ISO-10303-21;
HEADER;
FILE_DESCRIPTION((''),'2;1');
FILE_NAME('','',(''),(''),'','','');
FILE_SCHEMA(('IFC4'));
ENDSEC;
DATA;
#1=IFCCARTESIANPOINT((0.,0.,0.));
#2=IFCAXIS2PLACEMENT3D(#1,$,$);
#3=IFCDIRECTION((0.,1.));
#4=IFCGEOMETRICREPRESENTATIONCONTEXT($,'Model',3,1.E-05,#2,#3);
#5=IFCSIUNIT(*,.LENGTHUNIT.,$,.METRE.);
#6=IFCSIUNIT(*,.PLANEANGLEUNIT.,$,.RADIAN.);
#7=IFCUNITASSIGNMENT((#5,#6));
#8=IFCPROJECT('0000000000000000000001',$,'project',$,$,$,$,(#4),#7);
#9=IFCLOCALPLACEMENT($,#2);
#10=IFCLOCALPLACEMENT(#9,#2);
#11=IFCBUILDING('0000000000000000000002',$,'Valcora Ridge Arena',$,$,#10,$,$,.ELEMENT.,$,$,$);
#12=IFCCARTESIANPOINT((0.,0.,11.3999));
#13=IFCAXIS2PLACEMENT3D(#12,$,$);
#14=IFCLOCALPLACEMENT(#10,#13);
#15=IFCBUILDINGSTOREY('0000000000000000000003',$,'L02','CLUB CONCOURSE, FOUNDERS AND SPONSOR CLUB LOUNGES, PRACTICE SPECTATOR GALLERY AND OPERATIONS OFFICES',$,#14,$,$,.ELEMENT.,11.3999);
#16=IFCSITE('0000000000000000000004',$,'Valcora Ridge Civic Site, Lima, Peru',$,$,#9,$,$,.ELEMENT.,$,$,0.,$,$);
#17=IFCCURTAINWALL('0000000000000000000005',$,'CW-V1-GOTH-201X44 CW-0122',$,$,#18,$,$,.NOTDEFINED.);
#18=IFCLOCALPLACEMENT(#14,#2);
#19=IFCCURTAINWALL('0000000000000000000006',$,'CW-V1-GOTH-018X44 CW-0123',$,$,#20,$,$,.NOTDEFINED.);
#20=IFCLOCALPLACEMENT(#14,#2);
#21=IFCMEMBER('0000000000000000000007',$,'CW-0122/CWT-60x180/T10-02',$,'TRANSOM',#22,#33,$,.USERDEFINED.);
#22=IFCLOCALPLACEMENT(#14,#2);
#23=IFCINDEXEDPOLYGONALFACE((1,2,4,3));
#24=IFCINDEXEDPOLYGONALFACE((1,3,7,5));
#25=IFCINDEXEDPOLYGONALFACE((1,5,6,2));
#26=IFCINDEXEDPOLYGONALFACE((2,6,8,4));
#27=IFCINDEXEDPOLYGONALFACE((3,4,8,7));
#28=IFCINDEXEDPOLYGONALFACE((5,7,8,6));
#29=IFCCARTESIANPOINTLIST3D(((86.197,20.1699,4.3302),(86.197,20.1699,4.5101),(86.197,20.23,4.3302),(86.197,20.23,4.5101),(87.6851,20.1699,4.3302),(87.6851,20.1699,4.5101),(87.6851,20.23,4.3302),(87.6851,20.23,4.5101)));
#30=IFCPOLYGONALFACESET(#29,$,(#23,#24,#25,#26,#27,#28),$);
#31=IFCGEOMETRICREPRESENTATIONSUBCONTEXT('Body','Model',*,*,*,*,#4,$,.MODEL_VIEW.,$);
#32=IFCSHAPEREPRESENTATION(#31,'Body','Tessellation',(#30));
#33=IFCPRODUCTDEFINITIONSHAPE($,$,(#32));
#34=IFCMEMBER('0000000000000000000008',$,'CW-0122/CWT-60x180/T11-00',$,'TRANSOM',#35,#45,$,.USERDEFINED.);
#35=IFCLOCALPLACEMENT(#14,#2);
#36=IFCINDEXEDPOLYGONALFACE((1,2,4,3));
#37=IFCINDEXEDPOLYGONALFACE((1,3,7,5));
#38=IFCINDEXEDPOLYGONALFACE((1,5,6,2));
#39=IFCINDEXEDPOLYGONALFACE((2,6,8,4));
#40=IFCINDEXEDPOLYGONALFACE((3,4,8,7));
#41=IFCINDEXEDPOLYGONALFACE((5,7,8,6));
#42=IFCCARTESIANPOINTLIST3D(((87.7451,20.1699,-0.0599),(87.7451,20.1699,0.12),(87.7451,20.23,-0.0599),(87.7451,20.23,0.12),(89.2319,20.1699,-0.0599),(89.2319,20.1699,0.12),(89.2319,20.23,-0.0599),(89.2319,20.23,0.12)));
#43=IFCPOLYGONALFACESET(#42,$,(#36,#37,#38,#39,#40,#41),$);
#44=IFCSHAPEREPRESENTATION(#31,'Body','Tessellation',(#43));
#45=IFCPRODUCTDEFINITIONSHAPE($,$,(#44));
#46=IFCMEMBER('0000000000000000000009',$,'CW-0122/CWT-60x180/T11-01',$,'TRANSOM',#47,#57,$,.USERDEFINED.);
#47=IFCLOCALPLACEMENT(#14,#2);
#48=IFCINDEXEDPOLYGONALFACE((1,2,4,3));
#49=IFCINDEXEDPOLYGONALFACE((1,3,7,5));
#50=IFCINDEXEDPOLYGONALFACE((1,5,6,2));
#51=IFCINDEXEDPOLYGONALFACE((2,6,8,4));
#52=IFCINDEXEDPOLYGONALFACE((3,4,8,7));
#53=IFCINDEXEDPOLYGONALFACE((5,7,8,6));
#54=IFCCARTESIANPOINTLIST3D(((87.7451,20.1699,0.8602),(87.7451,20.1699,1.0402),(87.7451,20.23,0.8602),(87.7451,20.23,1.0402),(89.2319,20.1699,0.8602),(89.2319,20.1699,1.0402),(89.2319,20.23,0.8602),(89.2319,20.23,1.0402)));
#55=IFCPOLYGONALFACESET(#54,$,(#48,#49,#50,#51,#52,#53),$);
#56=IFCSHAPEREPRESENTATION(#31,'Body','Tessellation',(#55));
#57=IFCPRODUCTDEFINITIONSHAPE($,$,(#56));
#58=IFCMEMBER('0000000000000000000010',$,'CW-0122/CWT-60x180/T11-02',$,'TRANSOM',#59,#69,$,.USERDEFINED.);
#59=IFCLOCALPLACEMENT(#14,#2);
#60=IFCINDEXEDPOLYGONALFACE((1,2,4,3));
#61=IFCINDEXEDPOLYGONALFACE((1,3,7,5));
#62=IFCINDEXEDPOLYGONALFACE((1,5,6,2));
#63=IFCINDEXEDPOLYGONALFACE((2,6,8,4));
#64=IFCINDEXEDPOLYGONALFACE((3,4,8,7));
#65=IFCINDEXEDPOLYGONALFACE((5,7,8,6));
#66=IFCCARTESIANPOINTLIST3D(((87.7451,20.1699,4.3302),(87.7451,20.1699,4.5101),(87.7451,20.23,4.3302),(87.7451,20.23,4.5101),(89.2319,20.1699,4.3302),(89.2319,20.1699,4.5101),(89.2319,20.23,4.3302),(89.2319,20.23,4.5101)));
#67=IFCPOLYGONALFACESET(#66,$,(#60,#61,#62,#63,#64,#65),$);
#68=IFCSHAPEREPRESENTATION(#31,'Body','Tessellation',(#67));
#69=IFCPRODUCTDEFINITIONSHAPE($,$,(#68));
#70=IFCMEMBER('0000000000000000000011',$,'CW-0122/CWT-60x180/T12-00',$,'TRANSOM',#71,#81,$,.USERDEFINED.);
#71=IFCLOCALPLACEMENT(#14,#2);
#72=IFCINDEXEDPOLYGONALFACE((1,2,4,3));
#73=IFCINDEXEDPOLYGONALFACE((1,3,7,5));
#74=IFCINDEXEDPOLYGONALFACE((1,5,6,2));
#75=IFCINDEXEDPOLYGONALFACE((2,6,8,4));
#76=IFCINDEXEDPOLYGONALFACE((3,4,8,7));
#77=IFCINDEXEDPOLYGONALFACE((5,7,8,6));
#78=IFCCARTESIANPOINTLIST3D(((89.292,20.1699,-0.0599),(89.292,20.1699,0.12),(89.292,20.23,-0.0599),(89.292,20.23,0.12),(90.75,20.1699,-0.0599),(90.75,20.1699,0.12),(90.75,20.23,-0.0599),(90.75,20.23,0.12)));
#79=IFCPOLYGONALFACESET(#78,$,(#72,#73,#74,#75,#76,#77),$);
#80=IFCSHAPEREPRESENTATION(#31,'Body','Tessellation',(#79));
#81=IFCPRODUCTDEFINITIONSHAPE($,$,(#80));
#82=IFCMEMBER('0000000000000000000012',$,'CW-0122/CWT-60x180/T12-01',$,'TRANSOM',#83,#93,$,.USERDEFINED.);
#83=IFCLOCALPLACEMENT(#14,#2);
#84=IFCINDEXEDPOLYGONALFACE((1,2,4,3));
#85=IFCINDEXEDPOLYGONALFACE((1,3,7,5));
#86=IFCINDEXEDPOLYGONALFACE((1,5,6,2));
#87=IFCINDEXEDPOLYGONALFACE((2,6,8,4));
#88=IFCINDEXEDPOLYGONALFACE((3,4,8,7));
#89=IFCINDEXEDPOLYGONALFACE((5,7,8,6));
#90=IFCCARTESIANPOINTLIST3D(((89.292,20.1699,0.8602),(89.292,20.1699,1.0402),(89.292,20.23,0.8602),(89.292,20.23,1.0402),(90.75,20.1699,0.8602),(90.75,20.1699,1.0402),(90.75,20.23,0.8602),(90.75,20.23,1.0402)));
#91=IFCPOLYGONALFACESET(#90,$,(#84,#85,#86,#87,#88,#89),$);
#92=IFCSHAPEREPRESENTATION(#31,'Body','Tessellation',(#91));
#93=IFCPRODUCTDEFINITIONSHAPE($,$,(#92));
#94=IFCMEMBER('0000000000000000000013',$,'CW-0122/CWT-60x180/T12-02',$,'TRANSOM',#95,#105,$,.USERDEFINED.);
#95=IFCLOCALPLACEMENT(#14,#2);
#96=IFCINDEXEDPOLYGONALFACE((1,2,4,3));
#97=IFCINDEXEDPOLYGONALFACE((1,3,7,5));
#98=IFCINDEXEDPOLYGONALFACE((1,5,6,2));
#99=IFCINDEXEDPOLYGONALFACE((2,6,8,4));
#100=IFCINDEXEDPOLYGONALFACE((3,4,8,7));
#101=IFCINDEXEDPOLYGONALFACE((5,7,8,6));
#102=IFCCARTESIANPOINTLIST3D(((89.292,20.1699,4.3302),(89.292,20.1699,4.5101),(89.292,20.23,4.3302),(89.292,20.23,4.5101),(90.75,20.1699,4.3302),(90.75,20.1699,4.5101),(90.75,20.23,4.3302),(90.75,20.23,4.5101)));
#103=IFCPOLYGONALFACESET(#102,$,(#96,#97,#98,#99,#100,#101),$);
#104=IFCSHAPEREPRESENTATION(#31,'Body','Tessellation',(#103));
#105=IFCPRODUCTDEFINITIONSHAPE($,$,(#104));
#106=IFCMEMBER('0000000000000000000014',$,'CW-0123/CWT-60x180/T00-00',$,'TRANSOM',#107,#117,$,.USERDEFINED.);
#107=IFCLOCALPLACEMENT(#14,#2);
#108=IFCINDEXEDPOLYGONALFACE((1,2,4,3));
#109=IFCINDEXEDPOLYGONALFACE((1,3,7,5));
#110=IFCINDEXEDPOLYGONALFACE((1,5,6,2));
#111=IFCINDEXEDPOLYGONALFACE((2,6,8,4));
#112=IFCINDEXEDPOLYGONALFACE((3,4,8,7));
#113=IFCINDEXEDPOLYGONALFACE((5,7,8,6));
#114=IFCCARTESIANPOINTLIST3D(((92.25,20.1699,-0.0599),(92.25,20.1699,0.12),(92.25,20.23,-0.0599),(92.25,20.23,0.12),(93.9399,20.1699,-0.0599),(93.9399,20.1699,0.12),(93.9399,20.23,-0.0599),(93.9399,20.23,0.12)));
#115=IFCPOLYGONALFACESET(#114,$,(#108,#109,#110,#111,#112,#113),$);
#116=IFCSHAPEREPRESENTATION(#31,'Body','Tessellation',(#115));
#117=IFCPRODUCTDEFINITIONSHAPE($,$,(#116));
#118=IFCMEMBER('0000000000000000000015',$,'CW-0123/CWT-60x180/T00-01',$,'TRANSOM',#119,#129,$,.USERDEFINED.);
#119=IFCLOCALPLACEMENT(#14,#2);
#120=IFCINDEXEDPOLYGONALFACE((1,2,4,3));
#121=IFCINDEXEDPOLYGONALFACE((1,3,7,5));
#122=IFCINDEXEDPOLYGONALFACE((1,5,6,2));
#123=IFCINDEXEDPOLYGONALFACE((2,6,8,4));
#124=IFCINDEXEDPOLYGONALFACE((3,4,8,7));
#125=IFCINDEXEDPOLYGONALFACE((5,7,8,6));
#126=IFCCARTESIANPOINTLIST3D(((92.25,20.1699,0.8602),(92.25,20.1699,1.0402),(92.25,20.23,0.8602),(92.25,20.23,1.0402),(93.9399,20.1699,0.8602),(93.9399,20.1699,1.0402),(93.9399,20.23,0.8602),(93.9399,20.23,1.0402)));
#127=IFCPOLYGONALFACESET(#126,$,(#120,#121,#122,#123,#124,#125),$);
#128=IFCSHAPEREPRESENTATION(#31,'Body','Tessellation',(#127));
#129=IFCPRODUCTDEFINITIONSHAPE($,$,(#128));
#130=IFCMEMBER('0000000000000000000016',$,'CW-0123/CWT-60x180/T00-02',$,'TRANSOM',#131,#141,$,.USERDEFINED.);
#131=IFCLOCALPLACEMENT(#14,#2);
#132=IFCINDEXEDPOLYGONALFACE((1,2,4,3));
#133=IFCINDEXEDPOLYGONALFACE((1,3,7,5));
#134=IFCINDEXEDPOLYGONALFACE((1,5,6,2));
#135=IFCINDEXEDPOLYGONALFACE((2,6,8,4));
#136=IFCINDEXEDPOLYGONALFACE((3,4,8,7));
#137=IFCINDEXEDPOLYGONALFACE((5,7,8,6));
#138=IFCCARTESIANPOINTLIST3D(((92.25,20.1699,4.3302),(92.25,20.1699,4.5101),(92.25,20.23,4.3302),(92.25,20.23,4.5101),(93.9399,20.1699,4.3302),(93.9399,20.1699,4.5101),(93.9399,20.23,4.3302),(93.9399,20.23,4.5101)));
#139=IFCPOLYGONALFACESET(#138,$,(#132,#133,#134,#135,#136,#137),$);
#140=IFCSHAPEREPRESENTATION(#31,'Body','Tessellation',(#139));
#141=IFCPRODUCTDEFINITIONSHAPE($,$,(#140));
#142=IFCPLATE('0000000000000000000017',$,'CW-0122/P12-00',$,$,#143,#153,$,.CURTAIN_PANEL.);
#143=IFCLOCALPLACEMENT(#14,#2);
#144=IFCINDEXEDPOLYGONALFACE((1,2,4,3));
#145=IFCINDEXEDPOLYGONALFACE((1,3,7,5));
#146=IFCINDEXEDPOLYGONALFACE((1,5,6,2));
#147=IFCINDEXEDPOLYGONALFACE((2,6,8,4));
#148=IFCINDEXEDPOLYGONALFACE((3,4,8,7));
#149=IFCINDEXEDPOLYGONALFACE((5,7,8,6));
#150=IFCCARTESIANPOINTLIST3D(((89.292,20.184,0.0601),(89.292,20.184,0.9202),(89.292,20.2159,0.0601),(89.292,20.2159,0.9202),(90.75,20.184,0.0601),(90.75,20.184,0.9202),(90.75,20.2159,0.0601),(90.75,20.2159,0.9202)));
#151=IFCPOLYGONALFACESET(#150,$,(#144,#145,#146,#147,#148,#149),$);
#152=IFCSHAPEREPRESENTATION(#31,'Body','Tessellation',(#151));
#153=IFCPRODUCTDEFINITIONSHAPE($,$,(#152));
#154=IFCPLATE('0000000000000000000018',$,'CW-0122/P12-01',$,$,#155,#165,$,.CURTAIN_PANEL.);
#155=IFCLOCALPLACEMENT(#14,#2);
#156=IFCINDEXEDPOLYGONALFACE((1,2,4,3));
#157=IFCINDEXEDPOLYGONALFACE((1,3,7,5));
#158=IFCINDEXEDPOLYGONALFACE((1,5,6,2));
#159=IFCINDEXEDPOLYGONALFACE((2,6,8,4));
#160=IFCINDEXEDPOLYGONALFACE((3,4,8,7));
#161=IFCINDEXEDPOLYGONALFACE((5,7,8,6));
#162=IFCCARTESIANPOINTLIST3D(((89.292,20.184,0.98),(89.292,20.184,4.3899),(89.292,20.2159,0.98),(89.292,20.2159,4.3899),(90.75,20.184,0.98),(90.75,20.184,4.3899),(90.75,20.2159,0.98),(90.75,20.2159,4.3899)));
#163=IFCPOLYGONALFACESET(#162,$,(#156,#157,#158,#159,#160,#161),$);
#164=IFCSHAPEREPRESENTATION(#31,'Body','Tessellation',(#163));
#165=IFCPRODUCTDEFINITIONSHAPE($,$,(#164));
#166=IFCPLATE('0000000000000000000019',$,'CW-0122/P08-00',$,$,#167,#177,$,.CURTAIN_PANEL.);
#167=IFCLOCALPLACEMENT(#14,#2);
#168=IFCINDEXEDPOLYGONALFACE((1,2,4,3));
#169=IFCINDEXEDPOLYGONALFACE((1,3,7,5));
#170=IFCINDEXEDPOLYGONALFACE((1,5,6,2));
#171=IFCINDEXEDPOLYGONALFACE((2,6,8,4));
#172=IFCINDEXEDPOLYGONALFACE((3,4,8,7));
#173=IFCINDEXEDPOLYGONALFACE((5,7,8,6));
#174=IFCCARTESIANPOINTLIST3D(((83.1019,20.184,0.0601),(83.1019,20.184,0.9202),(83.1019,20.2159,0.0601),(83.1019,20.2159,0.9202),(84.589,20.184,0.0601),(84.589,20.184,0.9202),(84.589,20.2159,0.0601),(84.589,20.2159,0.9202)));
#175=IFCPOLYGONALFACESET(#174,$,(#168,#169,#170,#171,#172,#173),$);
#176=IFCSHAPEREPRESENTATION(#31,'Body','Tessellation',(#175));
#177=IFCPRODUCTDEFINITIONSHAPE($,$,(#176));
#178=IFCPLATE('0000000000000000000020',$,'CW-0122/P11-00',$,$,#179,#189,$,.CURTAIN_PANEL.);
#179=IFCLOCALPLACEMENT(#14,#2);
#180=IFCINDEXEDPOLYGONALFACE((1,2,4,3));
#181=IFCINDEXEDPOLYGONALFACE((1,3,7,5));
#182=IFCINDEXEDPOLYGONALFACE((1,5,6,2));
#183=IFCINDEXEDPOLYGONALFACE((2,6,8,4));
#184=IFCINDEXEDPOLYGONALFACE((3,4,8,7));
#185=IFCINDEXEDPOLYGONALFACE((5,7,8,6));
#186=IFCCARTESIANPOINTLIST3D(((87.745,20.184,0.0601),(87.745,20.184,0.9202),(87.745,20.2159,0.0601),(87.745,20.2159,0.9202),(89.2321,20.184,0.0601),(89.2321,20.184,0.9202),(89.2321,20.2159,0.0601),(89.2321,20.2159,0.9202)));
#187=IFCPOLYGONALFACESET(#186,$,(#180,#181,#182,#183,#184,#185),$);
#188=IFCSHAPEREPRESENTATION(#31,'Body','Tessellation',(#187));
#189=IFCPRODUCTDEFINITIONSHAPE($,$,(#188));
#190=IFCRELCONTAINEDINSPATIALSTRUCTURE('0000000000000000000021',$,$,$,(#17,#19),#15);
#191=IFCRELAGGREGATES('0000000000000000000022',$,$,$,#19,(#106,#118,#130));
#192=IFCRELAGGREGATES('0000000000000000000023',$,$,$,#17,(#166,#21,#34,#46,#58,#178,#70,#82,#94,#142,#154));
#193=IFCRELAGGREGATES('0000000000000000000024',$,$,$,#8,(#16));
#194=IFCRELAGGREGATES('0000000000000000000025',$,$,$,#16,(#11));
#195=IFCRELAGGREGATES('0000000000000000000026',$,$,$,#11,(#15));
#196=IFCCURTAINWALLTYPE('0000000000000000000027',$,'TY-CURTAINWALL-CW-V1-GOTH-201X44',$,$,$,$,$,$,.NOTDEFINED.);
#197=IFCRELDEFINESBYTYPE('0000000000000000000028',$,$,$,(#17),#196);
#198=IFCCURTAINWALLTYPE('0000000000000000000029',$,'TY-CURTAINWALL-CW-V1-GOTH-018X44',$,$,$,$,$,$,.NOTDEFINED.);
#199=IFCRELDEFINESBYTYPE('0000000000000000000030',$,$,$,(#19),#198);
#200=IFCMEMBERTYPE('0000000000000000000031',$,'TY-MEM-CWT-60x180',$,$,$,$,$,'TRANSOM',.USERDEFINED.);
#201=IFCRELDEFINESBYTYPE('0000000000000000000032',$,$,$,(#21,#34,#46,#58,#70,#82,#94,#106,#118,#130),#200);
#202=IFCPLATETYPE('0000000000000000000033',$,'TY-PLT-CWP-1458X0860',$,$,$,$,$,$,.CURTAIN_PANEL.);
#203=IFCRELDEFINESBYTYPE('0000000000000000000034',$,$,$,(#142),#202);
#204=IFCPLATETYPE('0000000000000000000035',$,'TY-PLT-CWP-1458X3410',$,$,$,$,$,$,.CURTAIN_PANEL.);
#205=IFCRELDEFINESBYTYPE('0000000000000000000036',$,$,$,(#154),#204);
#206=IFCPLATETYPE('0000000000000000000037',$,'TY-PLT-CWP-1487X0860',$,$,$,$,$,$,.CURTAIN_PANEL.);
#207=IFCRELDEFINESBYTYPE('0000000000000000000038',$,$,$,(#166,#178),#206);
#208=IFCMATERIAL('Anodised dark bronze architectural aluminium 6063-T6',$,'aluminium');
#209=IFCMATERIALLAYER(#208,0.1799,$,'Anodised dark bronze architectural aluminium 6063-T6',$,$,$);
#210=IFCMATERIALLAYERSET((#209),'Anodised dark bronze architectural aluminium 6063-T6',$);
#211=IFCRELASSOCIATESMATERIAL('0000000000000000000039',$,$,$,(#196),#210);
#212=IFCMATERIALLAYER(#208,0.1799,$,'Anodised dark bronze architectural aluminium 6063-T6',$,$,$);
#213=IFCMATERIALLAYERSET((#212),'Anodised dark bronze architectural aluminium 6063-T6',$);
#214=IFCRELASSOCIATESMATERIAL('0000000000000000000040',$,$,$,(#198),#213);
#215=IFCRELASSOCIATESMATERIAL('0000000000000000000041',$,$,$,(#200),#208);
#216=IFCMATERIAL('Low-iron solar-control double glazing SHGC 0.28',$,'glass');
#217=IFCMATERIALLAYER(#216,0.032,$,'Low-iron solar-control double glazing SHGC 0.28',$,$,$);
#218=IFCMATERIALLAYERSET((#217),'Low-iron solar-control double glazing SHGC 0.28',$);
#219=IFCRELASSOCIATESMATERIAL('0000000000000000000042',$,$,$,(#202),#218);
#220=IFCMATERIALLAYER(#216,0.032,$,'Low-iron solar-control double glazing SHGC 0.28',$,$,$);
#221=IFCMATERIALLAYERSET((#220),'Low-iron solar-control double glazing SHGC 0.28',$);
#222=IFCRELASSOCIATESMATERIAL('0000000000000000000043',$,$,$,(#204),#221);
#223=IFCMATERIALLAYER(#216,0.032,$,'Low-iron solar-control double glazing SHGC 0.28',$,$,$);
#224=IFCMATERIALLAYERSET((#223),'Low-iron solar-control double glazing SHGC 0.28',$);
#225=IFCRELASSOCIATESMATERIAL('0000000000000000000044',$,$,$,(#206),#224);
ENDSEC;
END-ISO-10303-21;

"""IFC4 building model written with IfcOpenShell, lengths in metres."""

from ifc_helpers import new_model, si_unit, direction, frame, origin, origin_2d, place, context, subcontext, project, spatial, rectangle, extrude, material, layer, layer_set, material_profile, profile_set, type_object, element, aggregate, save


model = new_model("IFC4")

# Units and contexts
model_context = context("Model", 3, precision=1e-05, world=origin(), true_north=direction((0.0, 1.0)))
body_context = subcontext(model_context, "Body", "Model", "MODEL_VIEW")
ifc_project = project(units=[si_unit("LENGTHUNIT", "METRE"), si_unit("PLANEANGLEUNIT", "RADIAN")], contexts=[model_context])

# Site, building, storey
site_placement = place(None, origin())
site = spatial("IfcSite", under=ifc_project, at=site_placement, Name="Valcora Ridge Civic Site, Lima, Peru", CompositionType="ELEMENT", RefElevation=0.0)
building_placement = place(site_placement, origin())
building = spatial("IfcBuilding", under=site, at=building_placement, Name="Valcora Ridge Arena", CompositionType="ELEMENT")
storey_placement = place(building_placement, frame((0.0, 0.0, 11.3999)))
storey = spatial("IfcBuildingStorey", under=building, at=storey_placement, Name="L02", Description="CLUB CONCOURSE, FOUNDERS AND SPONSOR CLUB LOUNGES, PRACTICE SPECTATOR GALLERY AND OPERATIONS OFFICES", CompositionType="ELEMENT", Elevation=11.3999)

# Curtain wall
ifc_material_1 = material(Name="Anodised dark bronze architectural aluminium 6063-T6", Category="aluminium")
ifc_layer_1 = layer(ifc_material_1, 0.1799, Name="Anodised dark bronze architectural aluminium 6063-T6")
ifc_layer_set_1 = layer_set([ifc_layer_1], Name="Anodised dark bronze architectural aluminium 6063-T6")
curtain_wall_type_1 = type_object("IfcCurtainWallType", Name="TY-CURTAINWALL-CW-V1-GOTH-201X44", PredefinedType="NOTDEFINED", material=ifc_layer_set_1)
curtain_wall_1_placement = place(storey_placement, origin())
curtain_wall_1 = element("IfcCurtainWall", 1, at=curtain_wall_1_placement, inside=storey, type_object=curtain_wall_type_1, Name="CW-V1-GOTH-201X44 CW-0122", PredefinedType="NOTDEFINED")

# Curtain wall
ifc_layer_2 = layer(ifc_material_1, 0.1799, Name="Anodised dark bronze architectural aluminium 6063-T6")
ifc_layer_set_2 = layer_set([ifc_layer_2], Name="Anodised dark bronze architectural aluminium 6063-T6")
curtain_wall_type_2 = type_object("IfcCurtainWallType", Name="TY-CURTAINWALL-CW-V1-GOTH-018X44", PredefinedType="NOTDEFINED", material=ifc_layer_set_2)
curtain_wall_2_placement = place(storey_placement, origin())
curtain_wall_2 = element("IfcCurtainWall", 2, at=curtain_wall_2_placement, inside=storey, type_object=curtain_wall_type_2, Name="CW-V1-GOTH-018X44 CW-0123", PredefinedType="NOTDEFINED")

# Members
ifc_material_profile_1 = material_profile(ifc_material_1, rectangle(XDim=0.0601, YDim=0.1799, at=origin_2d()), Name="ALU TRANSOM 60x180")
ifc_profile_set_1 = profile_set([ifc_material_profile_1], Name="Anodised dark bronze architectural aluminium 6063-T6")
member_type_1 = type_object("IfcMemberType", Name="TY-MEM-CWT-60x180", ElementType="TRANSOM", PredefinedType="USERDEFINED", material=ifc_profile_set_1)
member_1_placement = place(storey_placement, frame((86.197, 20.2, 4.4202), z_axis=(1.0, 0.0, 0.0), x_axis=(0.0, 1.0, 0.0)))
member_1 = element("IfcMember", 3, at=member_1_placement, type_object=member_type_1, Name="CW-0122/CWT-60x180/T10-02", ObjectType="TRANSOM", PredefinedType="USERDEFINED", context=body_context, shape_type="SweptSolid", body=[
    extrude(rectangle(XDim=0.0601, YDim=0.1799, at=origin_2d()), origin(), (0.0, 0.0, 1.0), 1.488),
])
member_2_placement = place(storey_placement, frame((87.7451, 20.2, 0.03), z_axis=(1.0, 0.0, 0.0), x_axis=(0.0, 1.0, 0.0)))
member_2 = element("IfcMember", 4, at=member_2_placement, type_object=member_type_1, Name="CW-0122/CWT-60x180/T11-00", ObjectType="TRANSOM", PredefinedType="USERDEFINED", context=body_context, shape_type="SweptSolid", body=[
    extrude(rectangle(XDim=0.0601, YDim=0.1799, at=origin_2d()), origin(), (0.0, 0.0, 1.0), 1.4868),
])
member_3_placement = place(storey_placement, frame((87.7451, 20.2, 0.9502), z_axis=(1.0, 0.0, 0.0), x_axis=(0.0, 1.0, 0.0)))
member_3 = element("IfcMember", 5, at=member_3_placement, type_object=member_type_1, Name="CW-0122/CWT-60x180/T11-01", ObjectType="TRANSOM", PredefinedType="USERDEFINED", context=body_context, shape_type="SweptSolid", body=[
    extrude(rectangle(XDim=0.0601, YDim=0.1799, at=origin_2d()), origin(), (0.0, 0.0, 1.0), 1.4868),
])
member_4_placement = place(storey_placement, frame((87.7451, 20.2, 4.4202), z_axis=(1.0, 0.0, 0.0), x_axis=(0.0, 1.0, 0.0)))
member_4 = element("IfcMember", 6, at=member_4_placement, type_object=member_type_1, Name="CW-0122/CWT-60x180/T11-02", ObjectType="TRANSOM", PredefinedType="USERDEFINED", context=body_context, shape_type="SweptSolid", body=[
    extrude(rectangle(XDim=0.0601, YDim=0.1799, at=origin_2d()), origin(), (0.0, 0.0, 1.0), 1.4868),
])
member_5_placement = place(storey_placement, frame((89.292, 20.2, 0.03), z_axis=(1.0, 0.0, 0.0), x_axis=(0.0, 1.0, 0.0)))
member_5 = element("IfcMember", 7, at=member_5_placement, type_object=member_type_1, Name="CW-0122/CWT-60x180/T12-00", ObjectType="TRANSOM", PredefinedType="USERDEFINED", context=body_context, shape_type="SweptSolid", body=[
    extrude(rectangle(XDim=0.0601, YDim=0.1799, at=origin_2d()), origin(), (0.0, 0.0, 1.0), 1.458),
])
member_6_placement = place(storey_placement, frame((89.292, 20.2, 0.9502), z_axis=(1.0, 0.0, 0.0), x_axis=(0.0, 1.0, 0.0)))
member_6 = element("IfcMember", 8, at=member_6_placement, type_object=member_type_1, Name="CW-0122/CWT-60x180/T12-01", ObjectType="TRANSOM", PredefinedType="USERDEFINED", context=body_context, shape_type="SweptSolid", body=[
    extrude(rectangle(XDim=0.0601, YDim=0.1799, at=origin_2d()), origin(), (0.0, 0.0, 1.0), 1.458),
])
member_7_placement = place(storey_placement, frame((89.292, 20.2, 4.4202), z_axis=(1.0, 0.0, 0.0), x_axis=(0.0, 1.0, 0.0)))
member_7 = element("IfcMember", 9, at=member_7_placement, type_object=member_type_1, Name="CW-0122/CWT-60x180/T12-02", ObjectType="TRANSOM", PredefinedType="USERDEFINED", context=body_context, shape_type="SweptSolid", body=[
    extrude(rectangle(XDim=0.0601, YDim=0.1799, at=origin_2d()), origin(), (0.0, 0.0, 1.0), 1.458),
])
member_8_placement = place(storey_placement, frame((92.25, 20.2, 0.03), z_axis=(1.0, 0.0, 0.0), x_axis=(0.0, 1.0, 0.0)))
member_8 = element("IfcMember", 10, at=member_8_placement, type_object=member_type_1, Name="CW-0123/CWT-60x180/T00-00", ObjectType="TRANSOM", PredefinedType="USERDEFINED", context=body_context, shape_type="SweptSolid", body=[
    extrude(rectangle(XDim=0.0601, YDim=0.1799, at=origin_2d()), origin(), (0.0, 0.0, 1.0), 1.6899),
])
member_9_placement = place(storey_placement, frame((92.25, 20.2, 0.9502), z_axis=(1.0, 0.0, 0.0), x_axis=(0.0, 1.0, 0.0)))
member_9 = element("IfcMember", 11, at=member_9_placement, type_object=member_type_1, Name="CW-0123/CWT-60x180/T00-01", ObjectType="TRANSOM", PredefinedType="USERDEFINED", context=body_context, shape_type="SweptSolid", body=[
    extrude(rectangle(XDim=0.0601, YDim=0.1799, at=origin_2d()), origin(), (0.0, 0.0, 1.0), 1.6899),
])
member_10_placement = place(storey_placement, frame((92.25, 20.2, 4.4202), z_axis=(1.0, 0.0, 0.0), x_axis=(0.0, 1.0, 0.0)))
member_10 = element("IfcMember", 12, at=member_10_placement, type_object=member_type_1, Name="CW-0123/CWT-60x180/T00-02", ObjectType="TRANSOM", PredefinedType="USERDEFINED", context=body_context, shape_type="SweptSolid", body=[
    extrude(rectangle(XDim=0.0601, YDim=0.1799, at=origin_2d()), origin(), (0.0, 0.0, 1.0), 1.6899),
])
aggregate(curtain_wall_2, [member_8, member_9, member_10])

# Plates
ifc_material_2 = material(Name="Low-iron solar-control double glazing SHGC 0.28", Category="glass")
ifc_layer_3 = layer(ifc_material_2, 0.032, Name="Low-iron solar-control double glazing SHGC 0.28")
ifc_layer_set_3 = layer_set([ifc_layer_3], Name="Low-iron solar-control double glazing SHGC 0.28")
plate_type_1 = type_object("IfcPlateType", Name="TY-PLT-CWP-1458X0860", PredefinedType="CURTAIN_PANEL", material=ifc_layer_set_3)
plate_1_placement = place(storey_placement, frame((90.021, 20.2, 0.0601), z_axis=(0.0, 0.0, 1.0), x_axis=(1.0, 0.0, 0.0)))
plate_1 = element("IfcPlate", 13, at=plate_1_placement, type_object=plate_type_1, Name="CW-0122/P12-00", PredefinedType="CURTAIN_PANEL", context=body_context, shape_type="SweptSolid", body=[
    extrude(rectangle(XDim=1.458, YDim=0.032, at=origin_2d()), origin(), (0.0, 0.0, 1.0), 0.8601),
])
ifc_layer_4 = layer(ifc_material_2, 0.032, Name="Low-iron solar-control double glazing SHGC 0.28")
ifc_layer_set_4 = layer_set([ifc_layer_4], Name="Low-iron solar-control double glazing SHGC 0.28")
plate_type_2 = type_object("IfcPlateType", Name="TY-PLT-CWP-1458X3410", PredefinedType="CURTAIN_PANEL", material=ifc_layer_set_4)
plate_2_placement = place(storey_placement, frame((90.021, 20.2, 0.98), z_axis=(0.0, 0.0, 1.0), x_axis=(1.0, 0.0, 0.0)))
plate_2 = element("IfcPlate", 14, at=plate_2_placement, type_object=plate_type_2, Name="CW-0122/P12-01", PredefinedType="CURTAIN_PANEL", context=body_context, shape_type="SweptSolid", body=[
    extrude(rectangle(XDim=1.458, YDim=0.032, at=origin_2d()), origin(), (0.0, 0.0, 1.0), 3.4099),
])
ifc_layer_5 = layer(ifc_material_2, 0.032, Name="Low-iron solar-control double glazing SHGC 0.28")
ifc_layer_set_5 = layer_set([ifc_layer_5], Name="Low-iron solar-control double glazing SHGC 0.28")
plate_type_3 = type_object("IfcPlateType", Name="TY-PLT-CWP-1487X0860", PredefinedType="CURTAIN_PANEL", material=ifc_layer_set_5)
plate_3_placement = place(storey_placement, frame((83.8455, 20.2, 0.0601), z_axis=(0.0, 0.0, 1.0), x_axis=(1.0, 0.0, 0.0)))
plate_3 = element("IfcPlate", 15, at=plate_3_placement, type_object=plate_type_3, Name="CW-0122/P08-00", PredefinedType="CURTAIN_PANEL", context=body_context, shape_type="SweptSolid", body=[
    extrude(rectangle(XDim=1.4871, YDim=0.032, at=origin_2d()), origin(), (0.0, 0.0, 1.0), 0.8601),
])
plate_4_placement = place(storey_placement, frame((88.4885, 20.2, 0.0601), z_axis=(0.0, 0.0, 1.0), x_axis=(1.0, 0.0, 0.0)))
plate_4 = element("IfcPlate", 16, at=plate_4_placement, type_object=plate_type_3, Name="CW-0122/P11-00", PredefinedType="CURTAIN_PANEL", context=body_context, shape_type="SweptSolid", body=[
    extrude(rectangle(XDim=1.4871, YDim=0.032, at=origin_2d()), origin(), (0.0, 0.0, 1.0), 0.8601),
])
aggregate(curtain_wall_1, [plate_3, member_1, member_2, member_3, member_4, plate_4, member_5, member_6, member_7, plate_1, plate_2])

save(model, "model.ifc")
